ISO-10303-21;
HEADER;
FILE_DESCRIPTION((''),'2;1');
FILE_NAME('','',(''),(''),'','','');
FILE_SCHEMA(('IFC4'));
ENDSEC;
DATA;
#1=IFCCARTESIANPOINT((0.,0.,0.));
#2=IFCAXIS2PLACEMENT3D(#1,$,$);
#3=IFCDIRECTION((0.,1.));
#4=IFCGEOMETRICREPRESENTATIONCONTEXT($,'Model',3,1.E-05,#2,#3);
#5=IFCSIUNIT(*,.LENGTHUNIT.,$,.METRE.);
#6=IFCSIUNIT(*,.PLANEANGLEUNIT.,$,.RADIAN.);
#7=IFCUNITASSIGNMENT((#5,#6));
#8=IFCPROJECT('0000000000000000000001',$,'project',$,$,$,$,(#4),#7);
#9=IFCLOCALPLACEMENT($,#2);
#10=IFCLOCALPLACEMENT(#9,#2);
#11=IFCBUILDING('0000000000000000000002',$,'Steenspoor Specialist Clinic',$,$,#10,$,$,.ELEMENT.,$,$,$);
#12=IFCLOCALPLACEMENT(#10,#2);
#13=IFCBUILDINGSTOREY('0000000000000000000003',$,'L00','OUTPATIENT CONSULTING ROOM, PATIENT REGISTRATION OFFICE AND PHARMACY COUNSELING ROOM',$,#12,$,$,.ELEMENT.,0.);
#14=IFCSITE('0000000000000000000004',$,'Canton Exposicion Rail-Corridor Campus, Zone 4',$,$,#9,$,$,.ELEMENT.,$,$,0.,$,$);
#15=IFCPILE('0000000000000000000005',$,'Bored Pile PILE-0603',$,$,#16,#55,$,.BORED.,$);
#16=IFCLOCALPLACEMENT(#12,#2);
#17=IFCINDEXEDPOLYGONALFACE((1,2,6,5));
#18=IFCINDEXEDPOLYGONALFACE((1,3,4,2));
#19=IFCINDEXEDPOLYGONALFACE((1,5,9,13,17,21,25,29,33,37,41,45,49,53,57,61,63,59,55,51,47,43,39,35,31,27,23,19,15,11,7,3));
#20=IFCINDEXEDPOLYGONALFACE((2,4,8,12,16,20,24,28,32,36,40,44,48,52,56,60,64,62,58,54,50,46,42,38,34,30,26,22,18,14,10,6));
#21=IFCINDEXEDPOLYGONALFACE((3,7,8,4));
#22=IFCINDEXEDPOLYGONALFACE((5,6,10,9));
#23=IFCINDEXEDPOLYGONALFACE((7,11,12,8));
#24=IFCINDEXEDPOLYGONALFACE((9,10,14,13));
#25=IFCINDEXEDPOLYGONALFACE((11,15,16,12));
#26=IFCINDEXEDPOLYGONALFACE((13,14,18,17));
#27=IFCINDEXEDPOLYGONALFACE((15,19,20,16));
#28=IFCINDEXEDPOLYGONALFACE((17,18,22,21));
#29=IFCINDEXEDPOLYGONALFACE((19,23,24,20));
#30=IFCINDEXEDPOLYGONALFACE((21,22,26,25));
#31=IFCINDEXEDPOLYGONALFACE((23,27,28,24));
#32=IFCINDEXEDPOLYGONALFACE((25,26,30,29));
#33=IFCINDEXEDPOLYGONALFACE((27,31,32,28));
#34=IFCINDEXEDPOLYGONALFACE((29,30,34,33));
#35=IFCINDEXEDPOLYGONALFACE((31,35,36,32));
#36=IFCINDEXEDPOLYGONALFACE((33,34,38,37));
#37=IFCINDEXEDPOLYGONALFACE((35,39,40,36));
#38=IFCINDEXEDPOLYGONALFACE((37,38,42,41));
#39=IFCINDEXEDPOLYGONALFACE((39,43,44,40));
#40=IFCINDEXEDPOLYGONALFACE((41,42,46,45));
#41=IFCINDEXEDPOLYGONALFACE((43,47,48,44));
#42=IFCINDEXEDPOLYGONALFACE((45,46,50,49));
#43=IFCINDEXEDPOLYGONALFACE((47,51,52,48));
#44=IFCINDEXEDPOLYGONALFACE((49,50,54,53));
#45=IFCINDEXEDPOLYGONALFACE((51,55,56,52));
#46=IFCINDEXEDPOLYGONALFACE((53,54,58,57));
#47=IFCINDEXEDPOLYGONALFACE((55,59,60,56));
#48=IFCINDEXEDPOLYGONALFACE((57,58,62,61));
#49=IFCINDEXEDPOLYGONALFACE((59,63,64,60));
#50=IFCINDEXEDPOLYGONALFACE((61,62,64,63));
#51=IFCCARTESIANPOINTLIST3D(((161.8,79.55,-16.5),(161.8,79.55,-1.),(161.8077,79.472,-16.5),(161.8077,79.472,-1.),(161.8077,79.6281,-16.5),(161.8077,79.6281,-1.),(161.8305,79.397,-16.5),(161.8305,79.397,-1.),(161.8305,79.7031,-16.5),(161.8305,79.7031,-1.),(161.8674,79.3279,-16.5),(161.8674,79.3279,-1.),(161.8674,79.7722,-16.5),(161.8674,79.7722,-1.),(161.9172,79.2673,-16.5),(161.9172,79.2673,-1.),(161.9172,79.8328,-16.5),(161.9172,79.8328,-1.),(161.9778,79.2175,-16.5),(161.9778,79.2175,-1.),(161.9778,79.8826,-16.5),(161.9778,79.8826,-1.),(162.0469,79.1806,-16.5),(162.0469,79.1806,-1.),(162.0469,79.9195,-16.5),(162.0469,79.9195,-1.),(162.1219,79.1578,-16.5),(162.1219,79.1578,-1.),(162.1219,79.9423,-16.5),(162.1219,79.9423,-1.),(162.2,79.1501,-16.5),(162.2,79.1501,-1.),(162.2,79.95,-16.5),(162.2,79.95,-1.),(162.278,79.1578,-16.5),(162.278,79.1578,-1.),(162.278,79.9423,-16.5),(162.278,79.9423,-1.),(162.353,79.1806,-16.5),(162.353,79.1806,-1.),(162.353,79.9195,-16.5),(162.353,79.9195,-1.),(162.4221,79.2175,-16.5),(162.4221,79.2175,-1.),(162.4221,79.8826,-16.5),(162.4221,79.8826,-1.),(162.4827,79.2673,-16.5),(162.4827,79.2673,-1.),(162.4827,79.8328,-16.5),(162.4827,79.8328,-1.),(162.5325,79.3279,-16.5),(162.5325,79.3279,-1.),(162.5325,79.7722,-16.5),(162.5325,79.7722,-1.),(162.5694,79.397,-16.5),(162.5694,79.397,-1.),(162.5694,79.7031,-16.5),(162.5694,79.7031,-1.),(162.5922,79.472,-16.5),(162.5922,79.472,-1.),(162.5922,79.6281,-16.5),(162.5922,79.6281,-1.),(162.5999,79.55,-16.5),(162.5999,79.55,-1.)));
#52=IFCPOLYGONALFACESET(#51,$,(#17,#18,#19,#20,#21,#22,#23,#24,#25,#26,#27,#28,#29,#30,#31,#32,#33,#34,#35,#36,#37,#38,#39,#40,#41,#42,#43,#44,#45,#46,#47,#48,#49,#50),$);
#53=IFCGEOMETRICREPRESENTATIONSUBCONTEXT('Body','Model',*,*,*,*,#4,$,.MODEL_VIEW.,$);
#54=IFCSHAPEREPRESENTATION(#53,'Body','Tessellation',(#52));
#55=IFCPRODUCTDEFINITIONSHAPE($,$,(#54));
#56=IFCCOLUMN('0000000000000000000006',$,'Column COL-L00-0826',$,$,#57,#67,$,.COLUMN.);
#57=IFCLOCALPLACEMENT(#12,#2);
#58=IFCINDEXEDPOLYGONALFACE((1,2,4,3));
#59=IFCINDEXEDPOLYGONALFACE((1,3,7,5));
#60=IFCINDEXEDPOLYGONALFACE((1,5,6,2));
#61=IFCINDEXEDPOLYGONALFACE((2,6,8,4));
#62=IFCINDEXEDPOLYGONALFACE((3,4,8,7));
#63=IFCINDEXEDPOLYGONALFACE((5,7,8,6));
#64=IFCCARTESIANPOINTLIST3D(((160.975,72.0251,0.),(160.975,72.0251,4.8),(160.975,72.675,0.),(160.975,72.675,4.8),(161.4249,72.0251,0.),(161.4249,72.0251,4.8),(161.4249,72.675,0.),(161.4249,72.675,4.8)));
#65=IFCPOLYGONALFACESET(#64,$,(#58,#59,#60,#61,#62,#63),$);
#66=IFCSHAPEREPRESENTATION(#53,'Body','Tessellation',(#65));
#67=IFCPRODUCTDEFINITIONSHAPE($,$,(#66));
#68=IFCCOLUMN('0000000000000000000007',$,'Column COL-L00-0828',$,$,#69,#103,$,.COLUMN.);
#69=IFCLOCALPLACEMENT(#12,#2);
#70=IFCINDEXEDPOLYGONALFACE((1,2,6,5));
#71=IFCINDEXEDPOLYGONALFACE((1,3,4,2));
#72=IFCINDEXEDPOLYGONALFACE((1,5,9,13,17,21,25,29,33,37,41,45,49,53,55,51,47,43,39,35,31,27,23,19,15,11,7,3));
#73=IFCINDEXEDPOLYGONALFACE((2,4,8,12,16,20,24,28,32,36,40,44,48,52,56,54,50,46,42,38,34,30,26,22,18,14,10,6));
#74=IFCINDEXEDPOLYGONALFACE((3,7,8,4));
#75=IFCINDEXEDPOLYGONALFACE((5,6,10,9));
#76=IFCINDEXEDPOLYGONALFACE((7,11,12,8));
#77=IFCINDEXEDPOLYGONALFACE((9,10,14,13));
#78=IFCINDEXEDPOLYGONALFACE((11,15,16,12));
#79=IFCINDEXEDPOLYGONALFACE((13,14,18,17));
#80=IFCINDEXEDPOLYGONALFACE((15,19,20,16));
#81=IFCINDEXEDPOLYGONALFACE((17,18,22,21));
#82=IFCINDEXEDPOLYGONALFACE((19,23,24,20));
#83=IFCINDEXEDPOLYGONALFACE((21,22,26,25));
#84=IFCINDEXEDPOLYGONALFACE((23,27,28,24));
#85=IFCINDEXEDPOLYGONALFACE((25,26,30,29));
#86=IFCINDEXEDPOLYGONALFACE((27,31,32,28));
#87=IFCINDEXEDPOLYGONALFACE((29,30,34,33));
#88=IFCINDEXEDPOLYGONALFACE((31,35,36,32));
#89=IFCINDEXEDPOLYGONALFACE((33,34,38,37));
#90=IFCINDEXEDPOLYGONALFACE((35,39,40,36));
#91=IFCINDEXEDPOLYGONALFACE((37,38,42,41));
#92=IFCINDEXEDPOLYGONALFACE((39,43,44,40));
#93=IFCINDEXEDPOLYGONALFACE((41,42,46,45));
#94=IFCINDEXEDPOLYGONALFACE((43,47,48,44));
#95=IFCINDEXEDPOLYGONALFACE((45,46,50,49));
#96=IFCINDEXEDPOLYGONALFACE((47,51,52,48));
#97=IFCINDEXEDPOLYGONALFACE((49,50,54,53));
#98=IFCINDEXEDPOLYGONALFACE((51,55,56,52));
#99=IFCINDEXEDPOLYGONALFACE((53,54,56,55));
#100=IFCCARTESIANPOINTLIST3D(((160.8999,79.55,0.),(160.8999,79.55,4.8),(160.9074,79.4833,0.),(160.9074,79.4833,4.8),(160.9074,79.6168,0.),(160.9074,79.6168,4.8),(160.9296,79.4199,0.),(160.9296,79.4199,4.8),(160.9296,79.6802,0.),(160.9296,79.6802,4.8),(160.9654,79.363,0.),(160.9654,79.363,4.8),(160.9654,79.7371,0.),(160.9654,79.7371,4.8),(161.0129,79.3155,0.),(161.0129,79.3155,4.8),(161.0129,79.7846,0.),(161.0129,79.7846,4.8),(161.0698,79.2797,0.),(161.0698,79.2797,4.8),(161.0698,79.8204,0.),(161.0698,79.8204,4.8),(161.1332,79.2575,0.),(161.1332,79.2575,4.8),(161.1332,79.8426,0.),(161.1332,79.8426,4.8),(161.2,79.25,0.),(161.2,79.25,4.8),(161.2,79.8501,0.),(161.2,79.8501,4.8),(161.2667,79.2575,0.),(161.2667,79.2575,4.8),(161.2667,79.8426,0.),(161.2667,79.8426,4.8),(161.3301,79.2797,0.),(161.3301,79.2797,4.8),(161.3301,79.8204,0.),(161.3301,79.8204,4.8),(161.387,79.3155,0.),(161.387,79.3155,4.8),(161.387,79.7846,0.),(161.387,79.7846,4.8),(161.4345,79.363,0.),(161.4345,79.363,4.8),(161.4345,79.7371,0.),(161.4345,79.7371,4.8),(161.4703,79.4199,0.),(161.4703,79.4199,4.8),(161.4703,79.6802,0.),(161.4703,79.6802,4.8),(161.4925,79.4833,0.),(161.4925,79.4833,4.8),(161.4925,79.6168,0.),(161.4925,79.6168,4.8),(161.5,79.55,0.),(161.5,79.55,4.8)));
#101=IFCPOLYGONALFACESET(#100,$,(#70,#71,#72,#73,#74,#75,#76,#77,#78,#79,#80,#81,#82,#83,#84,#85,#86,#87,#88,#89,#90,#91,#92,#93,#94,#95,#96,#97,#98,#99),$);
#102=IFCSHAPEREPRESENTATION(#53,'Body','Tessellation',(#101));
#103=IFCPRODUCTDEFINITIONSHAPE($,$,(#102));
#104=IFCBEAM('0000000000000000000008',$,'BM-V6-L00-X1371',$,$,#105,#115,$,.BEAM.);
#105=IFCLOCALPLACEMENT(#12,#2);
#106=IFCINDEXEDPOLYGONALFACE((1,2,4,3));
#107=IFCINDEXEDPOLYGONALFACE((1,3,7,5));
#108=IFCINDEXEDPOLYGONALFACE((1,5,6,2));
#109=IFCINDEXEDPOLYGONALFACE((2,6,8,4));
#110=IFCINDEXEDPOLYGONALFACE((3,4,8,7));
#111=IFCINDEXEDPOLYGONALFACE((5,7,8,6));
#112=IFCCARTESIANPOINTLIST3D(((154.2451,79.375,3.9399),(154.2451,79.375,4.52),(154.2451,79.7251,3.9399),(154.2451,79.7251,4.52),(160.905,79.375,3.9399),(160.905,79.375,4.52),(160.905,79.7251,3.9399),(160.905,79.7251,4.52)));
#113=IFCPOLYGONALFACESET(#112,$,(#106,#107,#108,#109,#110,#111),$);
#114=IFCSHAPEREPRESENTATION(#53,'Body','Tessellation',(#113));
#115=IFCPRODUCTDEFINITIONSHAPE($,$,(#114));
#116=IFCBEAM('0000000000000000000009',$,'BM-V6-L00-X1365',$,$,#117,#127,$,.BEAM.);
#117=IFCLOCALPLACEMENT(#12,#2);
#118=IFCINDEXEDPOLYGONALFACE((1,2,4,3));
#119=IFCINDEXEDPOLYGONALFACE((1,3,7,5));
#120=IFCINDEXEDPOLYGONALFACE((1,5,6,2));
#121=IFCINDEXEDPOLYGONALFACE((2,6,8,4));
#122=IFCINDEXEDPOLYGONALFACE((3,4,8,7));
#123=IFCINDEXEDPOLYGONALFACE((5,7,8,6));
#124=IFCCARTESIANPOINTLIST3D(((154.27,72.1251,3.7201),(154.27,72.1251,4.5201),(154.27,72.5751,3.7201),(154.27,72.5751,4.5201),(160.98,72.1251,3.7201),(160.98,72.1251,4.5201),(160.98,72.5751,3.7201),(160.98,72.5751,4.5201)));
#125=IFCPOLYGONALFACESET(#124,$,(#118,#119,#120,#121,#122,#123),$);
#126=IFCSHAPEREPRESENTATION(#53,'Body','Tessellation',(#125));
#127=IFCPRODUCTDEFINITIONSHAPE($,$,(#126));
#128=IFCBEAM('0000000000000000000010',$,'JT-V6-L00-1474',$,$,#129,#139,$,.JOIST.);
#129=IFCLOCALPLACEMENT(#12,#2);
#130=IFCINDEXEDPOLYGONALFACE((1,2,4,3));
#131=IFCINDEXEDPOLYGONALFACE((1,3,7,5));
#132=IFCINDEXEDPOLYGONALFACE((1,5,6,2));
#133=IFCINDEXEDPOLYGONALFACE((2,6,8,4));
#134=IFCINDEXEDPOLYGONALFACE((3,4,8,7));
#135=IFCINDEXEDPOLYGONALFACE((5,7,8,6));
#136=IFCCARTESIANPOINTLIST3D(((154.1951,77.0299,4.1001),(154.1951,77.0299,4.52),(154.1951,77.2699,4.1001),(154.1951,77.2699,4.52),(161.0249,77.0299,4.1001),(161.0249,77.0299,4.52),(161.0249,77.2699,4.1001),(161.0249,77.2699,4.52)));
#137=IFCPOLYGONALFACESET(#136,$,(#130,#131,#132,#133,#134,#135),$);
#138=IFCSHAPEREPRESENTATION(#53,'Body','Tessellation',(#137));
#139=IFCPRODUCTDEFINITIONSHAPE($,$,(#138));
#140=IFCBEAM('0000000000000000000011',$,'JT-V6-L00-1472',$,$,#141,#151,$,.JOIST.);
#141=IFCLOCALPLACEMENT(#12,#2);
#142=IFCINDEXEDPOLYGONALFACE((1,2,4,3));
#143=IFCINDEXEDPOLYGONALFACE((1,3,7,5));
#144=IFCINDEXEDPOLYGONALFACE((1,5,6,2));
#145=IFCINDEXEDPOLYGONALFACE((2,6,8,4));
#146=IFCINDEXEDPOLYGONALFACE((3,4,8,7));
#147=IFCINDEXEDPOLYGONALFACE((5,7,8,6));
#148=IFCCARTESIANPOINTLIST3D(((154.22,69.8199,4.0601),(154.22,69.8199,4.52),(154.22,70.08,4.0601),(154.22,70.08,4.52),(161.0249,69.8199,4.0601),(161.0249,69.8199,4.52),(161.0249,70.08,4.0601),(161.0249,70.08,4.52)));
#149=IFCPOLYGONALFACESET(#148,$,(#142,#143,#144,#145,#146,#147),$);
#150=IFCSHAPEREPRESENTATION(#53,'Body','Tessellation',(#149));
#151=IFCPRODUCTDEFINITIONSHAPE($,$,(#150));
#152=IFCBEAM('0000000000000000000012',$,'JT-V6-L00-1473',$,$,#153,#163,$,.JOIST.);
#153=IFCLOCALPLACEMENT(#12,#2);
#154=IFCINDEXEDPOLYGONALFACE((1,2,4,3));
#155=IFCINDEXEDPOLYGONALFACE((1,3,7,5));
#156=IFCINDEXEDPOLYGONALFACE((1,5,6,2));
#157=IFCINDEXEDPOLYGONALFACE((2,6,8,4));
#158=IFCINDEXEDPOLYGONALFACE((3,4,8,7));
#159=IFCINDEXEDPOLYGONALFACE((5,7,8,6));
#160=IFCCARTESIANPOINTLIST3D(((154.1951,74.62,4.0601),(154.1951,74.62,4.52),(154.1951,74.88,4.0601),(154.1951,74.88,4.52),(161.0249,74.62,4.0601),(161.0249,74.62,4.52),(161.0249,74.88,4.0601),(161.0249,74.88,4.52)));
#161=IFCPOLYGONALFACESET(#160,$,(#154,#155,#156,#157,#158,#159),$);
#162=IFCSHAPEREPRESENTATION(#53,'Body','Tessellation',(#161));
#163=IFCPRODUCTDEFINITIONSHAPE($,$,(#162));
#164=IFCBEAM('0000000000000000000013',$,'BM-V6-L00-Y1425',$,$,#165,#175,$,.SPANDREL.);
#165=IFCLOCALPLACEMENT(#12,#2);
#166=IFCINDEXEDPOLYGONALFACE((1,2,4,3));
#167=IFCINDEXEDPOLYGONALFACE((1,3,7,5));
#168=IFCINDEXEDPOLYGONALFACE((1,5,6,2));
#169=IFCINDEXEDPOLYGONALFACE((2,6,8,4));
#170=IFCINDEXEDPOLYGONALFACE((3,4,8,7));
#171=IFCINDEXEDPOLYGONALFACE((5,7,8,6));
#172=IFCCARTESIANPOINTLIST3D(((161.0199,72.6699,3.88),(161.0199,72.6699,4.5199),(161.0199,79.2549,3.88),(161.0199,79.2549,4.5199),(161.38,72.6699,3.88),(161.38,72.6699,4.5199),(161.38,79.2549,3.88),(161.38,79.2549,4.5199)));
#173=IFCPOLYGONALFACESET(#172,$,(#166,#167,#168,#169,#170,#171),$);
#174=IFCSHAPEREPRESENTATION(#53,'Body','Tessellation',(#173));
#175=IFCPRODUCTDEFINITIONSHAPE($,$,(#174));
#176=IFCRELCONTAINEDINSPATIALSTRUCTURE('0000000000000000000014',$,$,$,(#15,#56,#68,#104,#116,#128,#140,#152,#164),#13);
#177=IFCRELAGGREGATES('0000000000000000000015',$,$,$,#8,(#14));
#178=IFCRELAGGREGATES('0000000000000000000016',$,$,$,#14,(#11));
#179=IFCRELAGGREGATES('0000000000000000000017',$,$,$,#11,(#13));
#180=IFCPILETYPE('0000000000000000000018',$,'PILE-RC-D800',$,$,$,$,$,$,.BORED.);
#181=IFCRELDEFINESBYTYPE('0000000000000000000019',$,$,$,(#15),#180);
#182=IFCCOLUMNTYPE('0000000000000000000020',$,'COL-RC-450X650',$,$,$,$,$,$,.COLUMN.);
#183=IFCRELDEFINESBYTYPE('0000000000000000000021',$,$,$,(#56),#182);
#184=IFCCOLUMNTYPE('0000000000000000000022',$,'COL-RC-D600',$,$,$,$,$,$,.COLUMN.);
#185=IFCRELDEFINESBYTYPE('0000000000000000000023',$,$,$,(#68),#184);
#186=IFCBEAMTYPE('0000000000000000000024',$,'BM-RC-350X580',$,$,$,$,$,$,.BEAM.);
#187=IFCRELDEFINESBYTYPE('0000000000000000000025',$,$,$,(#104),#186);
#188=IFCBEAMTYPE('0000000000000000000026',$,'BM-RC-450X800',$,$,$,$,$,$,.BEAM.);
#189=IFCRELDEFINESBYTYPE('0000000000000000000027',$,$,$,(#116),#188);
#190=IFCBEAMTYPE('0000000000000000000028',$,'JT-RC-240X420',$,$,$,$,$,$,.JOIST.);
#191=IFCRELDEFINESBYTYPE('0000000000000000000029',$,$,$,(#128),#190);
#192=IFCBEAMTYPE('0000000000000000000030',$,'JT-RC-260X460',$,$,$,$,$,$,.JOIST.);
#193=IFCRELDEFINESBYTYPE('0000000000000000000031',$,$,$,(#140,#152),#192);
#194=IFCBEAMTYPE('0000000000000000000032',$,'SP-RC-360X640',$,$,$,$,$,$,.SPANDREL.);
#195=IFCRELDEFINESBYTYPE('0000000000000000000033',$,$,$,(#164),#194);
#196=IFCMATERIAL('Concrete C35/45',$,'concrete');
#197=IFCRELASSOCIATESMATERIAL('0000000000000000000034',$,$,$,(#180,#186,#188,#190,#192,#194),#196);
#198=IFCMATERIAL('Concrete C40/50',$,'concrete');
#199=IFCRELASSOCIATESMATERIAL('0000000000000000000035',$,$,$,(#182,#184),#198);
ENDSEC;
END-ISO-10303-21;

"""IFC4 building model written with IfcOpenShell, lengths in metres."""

from ifc_helpers import new_model, si_unit, direction, frame, origin, origin_2d, place, context, subcontext, project, spatial, rectangle, circle, extrude, material, material_profile, profile_set, type_object, element, save


model = new_model("IFC4")

# Units and contexts
model_context = context("Model", 3, precision=1e-05, world=origin(), true_north=direction((0.0, 1.0)))
body_context = subcontext(model_context, "Body", "Model", "MODEL_VIEW")
ifc_project = project(units=[si_unit("LENGTHUNIT", "METRE"), si_unit("PLANEANGLEUNIT", "RADIAN")], contexts=[model_context])

# Site, building, storey
site_placement = place(None, origin())
site = spatial("IfcSite", under=ifc_project, at=site_placement, Name="Canton Exposicion Rail-Corridor Campus, Zone 4", CompositionType="ELEMENT", RefElevation=0.0)
building_placement = place(site_placement, origin())
building = spatial("IfcBuilding", under=site, at=building_placement, Name="Steenspoor Specialist Clinic", CompositionType="ELEMENT")
storey_placement = place(building_placement, origin())
storey = spatial("IfcBuildingStorey", under=building, at=storey_placement, Name="L00", Description="OUTPATIENT CONSULTING ROOM, PATIENT REGISTRATION OFFICE AND PHARMACY COUNSELING ROOM", CompositionType="ELEMENT", Elevation=0.0)

# Shared definitions
ifc_material_1 = material(Name="Concrete C35/45", Category="concrete")

# Pile
ifc_material_profile_1 = material_profile(ifc_material_1, circle(Radius=0.3999, at=origin_2d()), Name="PILE-D800")
ifc_profile_set_1 = profile_set([ifc_material_profile_1], Name="Concrete C35/45")
pile_type = type_object("IfcPileType", Name="PILE-RC-D800", PredefinedType="BORED", material=ifc_profile_set_1)
for number, where, z_axis, x_axis, name in (
    (1, (162.2, 79.55, -1.0), (0.0, 0.0, -1.0), (1.0, 0.0, 0.0), "Bored Pile PILE-0603"),
):
    element("IfcPile", number, at=place(storey_placement, frame(where, z_axis=z_axis, x_axis=x_axis)), inside=storey, type_object=pile_type, Name=name, PredefinedType="BORED", context=body_context, shape_type="SweptSolid", body=[
        extrude(circle(Radius=0.3999, at=origin_2d()), origin(), (0.0, 0.0, 1.0), 15.5),
    ])

# Columns
ifc_material_2 = material(Name="Concrete C40/50", Category="concrete")
ifc_material_profile_2 = material_profile(ifc_material_2, rectangle(XDim=0.45, YDim=0.6499, at=origin_2d()), Name="RC-COL-450X650")
ifc_profile_set_2 = profile_set([ifc_material_profile_2], Name="Concrete C40/50")
column_type_1 = type_object("IfcColumnType", Name="COL-RC-450X650", PredefinedType="COLUMN", material=ifc_profile_set_2)
column_1_placement = place(storey_placement, frame((161.2, 72.3501, 0.0), z_axis=(0.0, 0.0, 1.0), x_axis=(1.0, 0.0, 0.0)))
element("IfcColumn", 2, at=column_1_placement, inside=storey, type_object=column_type_1, Name="Column COL-L00-0826", PredefinedType="COLUMN", context=body_context, shape_type="SweptSolid", body=[
    extrude(rectangle(XDim=0.45, YDim=0.6499, at=origin_2d()), origin(), (0.0, 0.0, 1.0), 4.8),
])
ifc_material_profile_3 = material_profile(ifc_material_2, circle(Radius=0.3, at=origin_2d()), Name="RC-COL-D600")
ifc_profile_set_3 = profile_set([ifc_material_profile_3], Name="Concrete C40/50")
column_type_2 = type_object("IfcColumnType", Name="COL-RC-D600", PredefinedType="COLUMN", material=ifc_profile_set_3)
column_2_placement = place(storey_placement, frame((161.2, 79.55, 0.0), z_axis=(0.0, 0.0, 1.0), x_axis=(1.0, 0.0, 0.0)))
element("IfcColumn", 3, at=column_2_placement, inside=storey, type_object=column_type_2, Name="Column COL-L00-0828", PredefinedType="COLUMN", context=body_context, shape_type="SweptSolid", body=[
    extrude(circle(Radius=0.3, at=origin_2d()), origin(), (0.0, 0.0, 1.0), 4.8),
])

# Beams
ifc_material_profile_4 = material_profile(ifc_material_1, rectangle(XDim=0.3501, YDim=0.5801, at=origin_2d()), Name="RC-BM-350X580")
ifc_profile_set_4 = profile_set([ifc_material_profile_4], Name="Concrete C35/45")
beam_type_1 = type_object("IfcBeamType", Name="BM-RC-350X580", PredefinedType="BEAM", material=ifc_profile_set_4)
beam_1_placement = place(storey_placement, frame((154.2451, 79.55, 4.23), z_axis=(1.0, 0.0, 0.0), x_axis=(0.0, 1.0, 0.0)))
element("IfcBeam", 4, at=beam_1_placement, inside=storey, type_object=beam_type_1, Name="BM-V6-L00-X1371", PredefinedType="BEAM", context=body_context, shape_type="SweptSolid", body=[
    extrude(rectangle(XDim=0.3501, YDim=0.5801, at=origin_2d()), origin(), (0.0, 0.0, 1.0), 6.6599),
])
ifc_material_profile_5 = material_profile(ifc_material_1, rectangle(XDim=0.45, YDim=0.8, at=origin_2d()), Name="RC-BM-450X800")
ifc_profile_set_5 = profile_set([ifc_material_profile_5], Name="Concrete C35/45")
beam_type_2 = type_object("IfcBeamType", Name="BM-RC-450X800", PredefinedType="BEAM", material=ifc_profile_set_5)
beam_2_placement = place(storey_placement, frame((154.27, 72.3501, 4.1201), z_axis=(1.0, 0.0, 0.0), x_axis=(0.0, 1.0, 0.0)))
element("IfcBeam", 5, at=beam_2_placement, inside=storey, type_object=beam_type_2, Name="BM-V6-L00-X1365", PredefinedType="BEAM", context=body_context, shape_type="SweptSolid", body=[
    extrude(rectangle(XDim=0.45, YDim=0.8, at=origin_2d()), origin(), (0.0, 0.0, 1.0), 6.71),
])
ifc_material_profile_6 = material_profile(ifc_material_1, rectangle(XDim=0.24, YDim=0.4199, at=origin_2d()), Name="RC-JT-240X420")
ifc_profile_set_6 = profile_set([ifc_material_profile_6], Name="Concrete C35/45")
beam_type_3 = type_object("IfcBeamType", Name="JT-RC-240X420", PredefinedType="JOIST", material=ifc_profile_set_6)
beam_3_placement = place(storey_placement, frame((154.1951, 77.1499, 4.3101), z_axis=(1.0, 0.0, 0.0), x_axis=(0.0, 1.0, 0.0)))
element("IfcBeam", 6, at=beam_3_placement, inside=storey, type_object=beam_type_3, Name="JT-V6-L00-1474", PredefinedType="JOIST", context=body_context, shape_type="SweptSolid", body=[
    extrude(rectangle(XDim=0.24, YDim=0.4199, at=origin_2d()), origin(), (0.0, 0.0, 1.0), 6.8298),
])
ifc_material_profile_7 = material_profile(ifc_material_1, rectangle(XDim=0.26, YDim=0.46, at=origin_2d()), Name="RC-JT-260X460")
ifc_profile_set_7 = profile_set([ifc_material_profile_7], Name="Concrete C35/45")
beam_type_4 = type_object("IfcBeamType", Name="JT-RC-260X460", PredefinedType="JOIST", material=ifc_profile_set_7)
beam_4_placement = place(storey_placement, frame((154.22, 69.95, 4.29), z_axis=(1.0, 0.0, 0.0), x_axis=(0.0, 1.0, 0.0)))
element("IfcBeam", 7, at=beam_4_placement, inside=storey, type_object=beam_type_4, Name="JT-V6-L00-1472", PredefinedType="JOIST", context=body_context, shape_type="SweptSolid", body=[
    extrude(rectangle(XDim=0.26, YDim=0.46, at=origin_2d()), origin(), (0.0, 0.0, 1.0), 6.8049),
])
beam_5_placement = place(storey_placement, frame((154.1951, 74.75, 4.29), z_axis=(1.0, 0.0, 0.0), x_axis=(0.0, 1.0, 0.0)))
element("IfcBeam", 8, at=beam_5_placement, inside=storey, type_object=beam_type_4, Name="JT-V6-L00-1473", PredefinedType="JOIST", context=body_context, shape_type="SweptSolid", body=[
    extrude(rectangle(XDim=0.26, YDim=0.46, at=origin_2d()), origin(), (0.0, 0.0, 1.0), 6.8298),
])
ifc_material_profile_8 = material_profile(ifc_material_1, rectangle(XDim=0.3601, YDim=0.6399, at=origin_2d()), Name="RC-SP-360X640")
ifc_profile_set_8 = profile_set([ifc_material_profile_8], Name="Concrete C35/45")
beam_type_5 = type_object("IfcBeamType", Name="SP-RC-360X640", PredefinedType="SPANDREL", material=ifc_profile_set_8)
beam_6_placement = place(storey_placement, frame((161.2, 72.6699, 4.2), z_axis=(0.0, 1.0, 0.0), x_axis=(-1.0, 0.0, 0.0)))
element("IfcBeam", 9, at=beam_6_placement, inside=storey, type_object=beam_type_5, Name="BM-V6-L00-Y1425", PredefinedType="SPANDREL", context=body_context, shape_type="SweptSolid", body=[
    extrude(rectangle(XDim=0.3601, YDim=0.6399, at=origin_2d()), origin(), (0.0, 0.0, 1.0), 6.585),
])

save(model, "model.ifc")
